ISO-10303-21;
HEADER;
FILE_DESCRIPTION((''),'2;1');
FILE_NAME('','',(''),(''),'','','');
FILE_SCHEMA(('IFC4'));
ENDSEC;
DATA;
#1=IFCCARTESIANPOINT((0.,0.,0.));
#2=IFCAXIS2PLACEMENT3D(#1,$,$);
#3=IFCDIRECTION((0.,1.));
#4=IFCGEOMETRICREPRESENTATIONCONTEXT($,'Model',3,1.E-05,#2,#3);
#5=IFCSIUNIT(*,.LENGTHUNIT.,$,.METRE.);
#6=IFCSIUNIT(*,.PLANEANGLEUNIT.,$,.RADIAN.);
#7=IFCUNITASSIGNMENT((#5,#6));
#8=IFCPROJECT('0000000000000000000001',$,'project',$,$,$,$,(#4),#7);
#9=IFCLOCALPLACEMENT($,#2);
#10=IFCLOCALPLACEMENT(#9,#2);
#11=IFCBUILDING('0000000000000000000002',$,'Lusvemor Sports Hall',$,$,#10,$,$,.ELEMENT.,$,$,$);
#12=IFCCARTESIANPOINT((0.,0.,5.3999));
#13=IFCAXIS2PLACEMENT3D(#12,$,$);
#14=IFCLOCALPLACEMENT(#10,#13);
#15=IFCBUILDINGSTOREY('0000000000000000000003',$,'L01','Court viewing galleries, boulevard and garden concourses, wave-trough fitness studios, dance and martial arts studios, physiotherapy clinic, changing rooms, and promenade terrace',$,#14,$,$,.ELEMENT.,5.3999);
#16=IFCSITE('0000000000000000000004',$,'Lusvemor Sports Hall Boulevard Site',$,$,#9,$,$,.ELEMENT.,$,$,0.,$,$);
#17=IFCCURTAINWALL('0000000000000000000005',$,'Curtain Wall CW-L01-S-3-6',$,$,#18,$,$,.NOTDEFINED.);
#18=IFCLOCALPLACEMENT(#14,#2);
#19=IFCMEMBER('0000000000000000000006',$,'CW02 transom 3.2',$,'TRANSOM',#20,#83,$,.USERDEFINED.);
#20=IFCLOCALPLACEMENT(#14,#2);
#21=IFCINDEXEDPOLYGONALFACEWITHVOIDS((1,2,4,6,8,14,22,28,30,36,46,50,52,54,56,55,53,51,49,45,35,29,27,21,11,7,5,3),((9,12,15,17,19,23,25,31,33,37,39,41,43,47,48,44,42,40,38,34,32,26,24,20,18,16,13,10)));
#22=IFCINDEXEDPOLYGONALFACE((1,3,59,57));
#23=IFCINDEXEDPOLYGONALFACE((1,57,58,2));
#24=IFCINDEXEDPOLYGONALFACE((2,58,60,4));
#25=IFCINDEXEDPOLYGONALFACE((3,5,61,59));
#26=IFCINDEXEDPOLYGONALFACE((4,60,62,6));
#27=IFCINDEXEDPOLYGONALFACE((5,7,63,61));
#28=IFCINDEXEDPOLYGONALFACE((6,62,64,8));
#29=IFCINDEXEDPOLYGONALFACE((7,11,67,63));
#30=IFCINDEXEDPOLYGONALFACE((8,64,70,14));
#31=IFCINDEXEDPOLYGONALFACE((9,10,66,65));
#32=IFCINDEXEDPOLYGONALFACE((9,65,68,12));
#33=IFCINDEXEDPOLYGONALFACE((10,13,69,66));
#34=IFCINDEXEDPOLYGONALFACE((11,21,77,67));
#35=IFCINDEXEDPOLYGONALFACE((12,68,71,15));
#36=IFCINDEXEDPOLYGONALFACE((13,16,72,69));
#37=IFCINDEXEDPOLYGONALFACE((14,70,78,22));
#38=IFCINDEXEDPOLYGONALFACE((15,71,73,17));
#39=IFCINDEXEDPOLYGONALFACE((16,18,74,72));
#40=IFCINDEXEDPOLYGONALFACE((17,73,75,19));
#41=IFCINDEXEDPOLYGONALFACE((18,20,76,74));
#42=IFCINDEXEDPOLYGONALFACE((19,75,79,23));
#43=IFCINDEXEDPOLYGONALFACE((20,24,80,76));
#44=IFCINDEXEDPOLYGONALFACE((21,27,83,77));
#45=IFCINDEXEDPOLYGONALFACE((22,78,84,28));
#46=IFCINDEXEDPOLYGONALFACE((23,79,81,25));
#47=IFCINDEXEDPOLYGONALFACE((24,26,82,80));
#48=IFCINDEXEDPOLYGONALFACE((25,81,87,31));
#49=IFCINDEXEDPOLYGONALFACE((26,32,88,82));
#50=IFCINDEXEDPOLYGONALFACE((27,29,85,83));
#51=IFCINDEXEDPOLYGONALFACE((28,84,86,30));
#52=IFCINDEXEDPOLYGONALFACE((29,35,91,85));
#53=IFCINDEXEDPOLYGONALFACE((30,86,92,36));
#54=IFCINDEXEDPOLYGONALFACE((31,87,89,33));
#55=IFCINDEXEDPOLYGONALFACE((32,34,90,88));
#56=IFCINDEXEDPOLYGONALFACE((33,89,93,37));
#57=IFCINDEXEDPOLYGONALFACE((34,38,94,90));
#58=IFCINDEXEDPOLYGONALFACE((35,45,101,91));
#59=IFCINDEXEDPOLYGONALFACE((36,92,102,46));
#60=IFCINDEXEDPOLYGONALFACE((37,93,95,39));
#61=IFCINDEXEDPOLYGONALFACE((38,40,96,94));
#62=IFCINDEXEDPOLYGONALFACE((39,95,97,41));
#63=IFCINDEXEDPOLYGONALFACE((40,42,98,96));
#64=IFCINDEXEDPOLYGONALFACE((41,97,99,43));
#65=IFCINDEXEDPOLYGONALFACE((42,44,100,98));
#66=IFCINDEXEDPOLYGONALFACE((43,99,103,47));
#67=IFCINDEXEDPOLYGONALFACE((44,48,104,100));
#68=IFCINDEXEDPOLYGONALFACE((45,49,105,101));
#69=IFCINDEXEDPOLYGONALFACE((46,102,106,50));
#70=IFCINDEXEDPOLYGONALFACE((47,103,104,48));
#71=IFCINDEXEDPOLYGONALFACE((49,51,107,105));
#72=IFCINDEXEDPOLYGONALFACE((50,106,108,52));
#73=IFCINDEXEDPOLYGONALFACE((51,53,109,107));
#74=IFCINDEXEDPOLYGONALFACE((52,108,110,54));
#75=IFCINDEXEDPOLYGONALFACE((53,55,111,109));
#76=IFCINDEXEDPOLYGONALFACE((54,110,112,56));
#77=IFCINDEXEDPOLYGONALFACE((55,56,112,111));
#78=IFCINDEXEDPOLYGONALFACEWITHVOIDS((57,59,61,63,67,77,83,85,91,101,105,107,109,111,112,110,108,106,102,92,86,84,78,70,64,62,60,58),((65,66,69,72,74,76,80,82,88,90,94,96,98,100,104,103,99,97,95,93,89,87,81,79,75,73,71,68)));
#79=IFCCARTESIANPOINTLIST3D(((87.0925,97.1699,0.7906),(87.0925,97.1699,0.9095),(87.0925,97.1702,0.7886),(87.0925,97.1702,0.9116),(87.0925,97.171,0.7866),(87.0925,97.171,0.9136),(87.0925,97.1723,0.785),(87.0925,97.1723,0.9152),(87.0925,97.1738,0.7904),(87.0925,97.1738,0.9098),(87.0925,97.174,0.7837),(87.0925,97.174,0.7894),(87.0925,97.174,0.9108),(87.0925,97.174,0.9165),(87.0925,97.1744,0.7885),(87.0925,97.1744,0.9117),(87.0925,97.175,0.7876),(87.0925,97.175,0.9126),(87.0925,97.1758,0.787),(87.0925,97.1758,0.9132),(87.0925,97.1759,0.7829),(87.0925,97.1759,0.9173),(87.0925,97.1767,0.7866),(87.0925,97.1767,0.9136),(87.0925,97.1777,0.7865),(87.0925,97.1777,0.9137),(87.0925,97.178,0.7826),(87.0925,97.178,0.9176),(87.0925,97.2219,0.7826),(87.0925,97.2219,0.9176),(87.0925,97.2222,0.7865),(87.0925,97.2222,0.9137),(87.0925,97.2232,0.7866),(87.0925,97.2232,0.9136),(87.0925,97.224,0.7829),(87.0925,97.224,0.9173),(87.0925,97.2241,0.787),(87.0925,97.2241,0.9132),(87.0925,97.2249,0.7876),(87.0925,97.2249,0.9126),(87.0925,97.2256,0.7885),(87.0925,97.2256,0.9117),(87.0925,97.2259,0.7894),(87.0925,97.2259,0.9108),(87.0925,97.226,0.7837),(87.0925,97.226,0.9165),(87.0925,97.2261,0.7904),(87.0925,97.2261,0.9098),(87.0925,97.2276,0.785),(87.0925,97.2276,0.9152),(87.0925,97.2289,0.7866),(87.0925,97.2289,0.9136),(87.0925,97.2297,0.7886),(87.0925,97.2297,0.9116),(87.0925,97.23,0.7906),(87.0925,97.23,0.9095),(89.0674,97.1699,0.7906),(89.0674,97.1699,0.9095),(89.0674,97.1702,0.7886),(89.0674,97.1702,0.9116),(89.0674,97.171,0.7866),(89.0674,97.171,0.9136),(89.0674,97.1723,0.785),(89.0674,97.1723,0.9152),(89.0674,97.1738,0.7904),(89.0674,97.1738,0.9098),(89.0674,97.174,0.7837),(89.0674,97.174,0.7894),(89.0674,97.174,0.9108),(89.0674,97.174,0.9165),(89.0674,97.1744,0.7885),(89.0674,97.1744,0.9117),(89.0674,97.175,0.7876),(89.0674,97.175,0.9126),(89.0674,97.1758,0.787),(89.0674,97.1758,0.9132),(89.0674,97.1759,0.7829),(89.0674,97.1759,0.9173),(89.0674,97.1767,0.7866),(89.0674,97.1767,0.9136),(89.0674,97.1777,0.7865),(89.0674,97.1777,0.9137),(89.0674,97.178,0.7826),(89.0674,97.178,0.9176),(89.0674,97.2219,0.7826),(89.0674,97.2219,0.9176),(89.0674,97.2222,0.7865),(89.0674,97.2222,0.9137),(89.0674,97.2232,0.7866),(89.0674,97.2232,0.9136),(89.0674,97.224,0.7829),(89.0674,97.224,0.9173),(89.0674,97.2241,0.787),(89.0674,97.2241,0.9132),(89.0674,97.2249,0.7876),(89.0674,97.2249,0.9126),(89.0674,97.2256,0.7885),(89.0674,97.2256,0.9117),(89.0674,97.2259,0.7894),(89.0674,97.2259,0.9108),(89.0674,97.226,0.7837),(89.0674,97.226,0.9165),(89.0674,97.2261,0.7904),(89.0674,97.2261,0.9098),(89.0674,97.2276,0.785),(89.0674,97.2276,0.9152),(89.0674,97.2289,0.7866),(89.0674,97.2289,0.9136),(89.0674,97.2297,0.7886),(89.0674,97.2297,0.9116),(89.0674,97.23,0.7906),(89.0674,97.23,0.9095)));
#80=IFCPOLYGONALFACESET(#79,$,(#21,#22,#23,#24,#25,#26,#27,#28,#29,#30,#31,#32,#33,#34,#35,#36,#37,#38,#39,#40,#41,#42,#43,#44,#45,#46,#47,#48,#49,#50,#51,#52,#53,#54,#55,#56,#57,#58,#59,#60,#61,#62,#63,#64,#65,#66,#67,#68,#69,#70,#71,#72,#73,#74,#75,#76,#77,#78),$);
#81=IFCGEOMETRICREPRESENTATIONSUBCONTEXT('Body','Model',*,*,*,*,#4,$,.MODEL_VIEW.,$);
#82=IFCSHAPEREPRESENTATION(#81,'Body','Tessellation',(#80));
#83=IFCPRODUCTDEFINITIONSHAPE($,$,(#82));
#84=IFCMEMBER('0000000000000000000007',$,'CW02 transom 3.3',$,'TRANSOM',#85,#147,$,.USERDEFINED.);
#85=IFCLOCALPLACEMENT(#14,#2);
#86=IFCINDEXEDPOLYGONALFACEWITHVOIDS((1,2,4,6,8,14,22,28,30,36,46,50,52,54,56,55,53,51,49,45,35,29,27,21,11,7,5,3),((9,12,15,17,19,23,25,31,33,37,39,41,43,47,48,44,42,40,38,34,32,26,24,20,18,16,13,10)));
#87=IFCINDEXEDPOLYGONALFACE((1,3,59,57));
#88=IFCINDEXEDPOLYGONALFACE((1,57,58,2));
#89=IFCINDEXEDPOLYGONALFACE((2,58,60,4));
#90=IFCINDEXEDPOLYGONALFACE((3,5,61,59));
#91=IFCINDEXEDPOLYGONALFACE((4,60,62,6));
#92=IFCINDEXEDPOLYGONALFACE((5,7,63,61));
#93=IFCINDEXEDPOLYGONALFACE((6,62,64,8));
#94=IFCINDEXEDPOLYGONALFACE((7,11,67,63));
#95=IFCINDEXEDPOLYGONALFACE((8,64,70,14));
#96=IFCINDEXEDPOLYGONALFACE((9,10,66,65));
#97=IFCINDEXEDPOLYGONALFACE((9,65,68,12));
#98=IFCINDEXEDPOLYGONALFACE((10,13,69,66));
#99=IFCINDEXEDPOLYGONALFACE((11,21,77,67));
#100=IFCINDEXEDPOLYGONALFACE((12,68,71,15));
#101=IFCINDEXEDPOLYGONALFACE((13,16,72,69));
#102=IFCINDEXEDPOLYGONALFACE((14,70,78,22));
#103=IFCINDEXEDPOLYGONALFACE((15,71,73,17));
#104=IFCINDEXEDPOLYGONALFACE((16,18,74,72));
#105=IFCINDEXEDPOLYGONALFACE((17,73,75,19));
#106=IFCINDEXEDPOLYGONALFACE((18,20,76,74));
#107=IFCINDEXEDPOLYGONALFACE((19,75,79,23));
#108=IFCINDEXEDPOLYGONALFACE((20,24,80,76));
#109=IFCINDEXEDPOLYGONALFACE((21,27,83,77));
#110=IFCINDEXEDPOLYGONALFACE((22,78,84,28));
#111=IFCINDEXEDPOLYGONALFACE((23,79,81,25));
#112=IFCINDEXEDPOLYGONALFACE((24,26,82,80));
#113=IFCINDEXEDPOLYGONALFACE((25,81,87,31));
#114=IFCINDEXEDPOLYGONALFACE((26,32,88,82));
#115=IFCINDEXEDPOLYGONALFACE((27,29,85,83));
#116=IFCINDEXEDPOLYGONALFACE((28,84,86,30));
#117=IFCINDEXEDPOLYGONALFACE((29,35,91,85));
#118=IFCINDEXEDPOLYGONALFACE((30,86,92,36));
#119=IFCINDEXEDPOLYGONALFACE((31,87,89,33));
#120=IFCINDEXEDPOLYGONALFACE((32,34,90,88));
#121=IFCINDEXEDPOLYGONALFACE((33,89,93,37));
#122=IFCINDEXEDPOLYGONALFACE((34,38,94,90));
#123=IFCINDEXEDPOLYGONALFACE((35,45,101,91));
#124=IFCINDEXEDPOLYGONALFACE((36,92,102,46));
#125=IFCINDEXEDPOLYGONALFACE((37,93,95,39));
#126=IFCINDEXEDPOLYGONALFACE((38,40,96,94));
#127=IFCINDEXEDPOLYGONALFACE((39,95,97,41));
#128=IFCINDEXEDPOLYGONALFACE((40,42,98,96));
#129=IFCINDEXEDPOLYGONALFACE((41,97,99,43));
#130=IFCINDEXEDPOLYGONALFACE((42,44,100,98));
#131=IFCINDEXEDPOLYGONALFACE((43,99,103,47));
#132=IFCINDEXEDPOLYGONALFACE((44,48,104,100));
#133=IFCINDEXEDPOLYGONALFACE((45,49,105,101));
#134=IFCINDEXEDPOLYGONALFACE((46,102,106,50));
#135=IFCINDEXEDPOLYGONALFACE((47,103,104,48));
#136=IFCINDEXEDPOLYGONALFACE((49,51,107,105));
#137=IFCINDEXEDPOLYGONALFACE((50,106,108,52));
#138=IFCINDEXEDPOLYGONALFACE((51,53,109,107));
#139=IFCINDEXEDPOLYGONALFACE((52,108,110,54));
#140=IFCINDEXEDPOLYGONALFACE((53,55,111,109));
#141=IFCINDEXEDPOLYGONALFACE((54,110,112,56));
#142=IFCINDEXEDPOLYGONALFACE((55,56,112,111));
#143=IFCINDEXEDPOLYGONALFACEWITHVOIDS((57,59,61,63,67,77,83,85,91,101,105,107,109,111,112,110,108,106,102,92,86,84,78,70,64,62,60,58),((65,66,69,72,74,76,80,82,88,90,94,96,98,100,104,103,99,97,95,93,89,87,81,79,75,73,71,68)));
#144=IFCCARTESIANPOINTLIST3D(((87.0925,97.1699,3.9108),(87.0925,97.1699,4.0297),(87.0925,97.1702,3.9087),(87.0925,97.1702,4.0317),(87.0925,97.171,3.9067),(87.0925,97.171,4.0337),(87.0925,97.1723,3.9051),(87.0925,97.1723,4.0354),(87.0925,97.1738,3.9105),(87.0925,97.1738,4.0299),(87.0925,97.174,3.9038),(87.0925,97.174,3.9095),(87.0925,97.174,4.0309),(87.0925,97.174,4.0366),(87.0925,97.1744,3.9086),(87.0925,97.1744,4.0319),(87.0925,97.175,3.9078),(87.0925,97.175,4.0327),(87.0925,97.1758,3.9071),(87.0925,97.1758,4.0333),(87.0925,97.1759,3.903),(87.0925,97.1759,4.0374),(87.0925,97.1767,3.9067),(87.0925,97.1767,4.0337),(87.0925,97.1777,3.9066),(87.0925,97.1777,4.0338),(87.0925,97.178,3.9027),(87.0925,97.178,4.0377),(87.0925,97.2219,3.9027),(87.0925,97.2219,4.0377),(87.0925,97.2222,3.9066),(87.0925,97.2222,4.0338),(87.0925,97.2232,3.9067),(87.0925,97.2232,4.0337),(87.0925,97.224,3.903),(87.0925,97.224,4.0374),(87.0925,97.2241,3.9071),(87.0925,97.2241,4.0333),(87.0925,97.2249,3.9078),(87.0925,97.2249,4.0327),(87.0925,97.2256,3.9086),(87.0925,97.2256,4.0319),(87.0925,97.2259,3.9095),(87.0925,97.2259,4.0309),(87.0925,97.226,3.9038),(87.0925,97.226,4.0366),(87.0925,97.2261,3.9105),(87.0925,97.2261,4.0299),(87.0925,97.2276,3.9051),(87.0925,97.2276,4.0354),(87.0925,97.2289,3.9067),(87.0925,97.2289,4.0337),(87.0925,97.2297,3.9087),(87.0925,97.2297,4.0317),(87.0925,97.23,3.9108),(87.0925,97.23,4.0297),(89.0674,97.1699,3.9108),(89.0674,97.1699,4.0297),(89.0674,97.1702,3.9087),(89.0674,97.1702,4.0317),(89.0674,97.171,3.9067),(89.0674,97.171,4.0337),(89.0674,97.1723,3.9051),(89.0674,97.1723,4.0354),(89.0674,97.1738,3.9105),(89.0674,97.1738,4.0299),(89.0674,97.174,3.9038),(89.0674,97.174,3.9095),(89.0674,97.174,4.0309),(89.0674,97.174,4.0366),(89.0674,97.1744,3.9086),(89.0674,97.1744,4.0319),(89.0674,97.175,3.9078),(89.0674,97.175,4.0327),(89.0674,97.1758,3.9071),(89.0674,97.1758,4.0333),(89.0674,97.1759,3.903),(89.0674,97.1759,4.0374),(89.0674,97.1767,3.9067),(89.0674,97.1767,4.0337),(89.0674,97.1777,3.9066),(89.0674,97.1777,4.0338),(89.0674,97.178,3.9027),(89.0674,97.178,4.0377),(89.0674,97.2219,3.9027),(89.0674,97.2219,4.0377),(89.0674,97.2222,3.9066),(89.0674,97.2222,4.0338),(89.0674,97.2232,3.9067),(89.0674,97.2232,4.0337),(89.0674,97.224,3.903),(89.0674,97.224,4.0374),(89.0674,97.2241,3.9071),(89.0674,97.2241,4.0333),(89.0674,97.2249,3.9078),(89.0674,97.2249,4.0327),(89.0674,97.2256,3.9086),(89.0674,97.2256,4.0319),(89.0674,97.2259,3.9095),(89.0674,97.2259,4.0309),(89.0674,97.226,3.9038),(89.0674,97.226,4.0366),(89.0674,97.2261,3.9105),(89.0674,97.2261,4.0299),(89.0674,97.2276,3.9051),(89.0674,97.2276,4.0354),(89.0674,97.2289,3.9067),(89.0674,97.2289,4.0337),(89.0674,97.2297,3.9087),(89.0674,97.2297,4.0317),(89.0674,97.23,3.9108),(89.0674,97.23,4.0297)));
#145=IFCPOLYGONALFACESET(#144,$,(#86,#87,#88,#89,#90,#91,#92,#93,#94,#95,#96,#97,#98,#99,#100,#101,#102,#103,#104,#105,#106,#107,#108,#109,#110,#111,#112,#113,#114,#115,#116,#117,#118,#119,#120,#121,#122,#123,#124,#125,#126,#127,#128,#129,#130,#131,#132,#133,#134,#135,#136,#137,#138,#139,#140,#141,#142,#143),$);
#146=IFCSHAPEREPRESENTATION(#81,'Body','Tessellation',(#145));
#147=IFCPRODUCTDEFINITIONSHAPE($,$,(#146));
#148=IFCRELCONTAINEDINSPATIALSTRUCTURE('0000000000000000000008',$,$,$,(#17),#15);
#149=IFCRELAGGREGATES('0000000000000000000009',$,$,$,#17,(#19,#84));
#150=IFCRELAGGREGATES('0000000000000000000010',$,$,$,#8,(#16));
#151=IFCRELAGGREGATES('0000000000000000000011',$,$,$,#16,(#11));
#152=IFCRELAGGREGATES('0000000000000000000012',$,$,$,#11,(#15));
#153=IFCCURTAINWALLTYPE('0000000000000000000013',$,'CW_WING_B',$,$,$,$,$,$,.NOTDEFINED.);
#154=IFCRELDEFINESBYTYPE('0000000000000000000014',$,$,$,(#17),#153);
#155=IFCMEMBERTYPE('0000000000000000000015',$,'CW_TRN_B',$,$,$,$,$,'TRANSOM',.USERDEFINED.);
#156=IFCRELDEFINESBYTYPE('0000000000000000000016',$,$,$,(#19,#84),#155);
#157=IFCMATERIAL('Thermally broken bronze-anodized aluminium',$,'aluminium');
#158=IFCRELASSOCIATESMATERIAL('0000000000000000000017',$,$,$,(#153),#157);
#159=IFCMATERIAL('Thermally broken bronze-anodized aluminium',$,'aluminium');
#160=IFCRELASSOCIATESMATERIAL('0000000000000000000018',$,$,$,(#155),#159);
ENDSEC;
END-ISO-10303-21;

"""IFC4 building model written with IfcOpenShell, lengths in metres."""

from ifc_helpers import new_model, si_unit, direction, frame, origin, origin_2d, place, context, subcontext, project, spatial, hollow_rectangle, extrude, material, material_profile, profile_set, type_object, element, aggregate, save


model = new_model("IFC4")

# Units and contexts
model_context = context("Model", 3, precision=1e-05, world=origin(), true_north=direction((0.0, 1.0)))
body_context = subcontext(model_context, "Body", "Model", "MODEL_VIEW")
ifc_project = project(units=[si_unit("LENGTHUNIT", "METRE"), si_unit("PLANEANGLEUNIT", "RADIAN")], contexts=[model_context])

# Site, building, storey
site_placement = place(None, origin())
site = spatial("IfcSite", under=ifc_project, at=site_placement, Name="Lusvemor Sports Hall Boulevard Site", CompositionType="ELEMENT", RefElevation=0.0)
building_placement = place(site_placement, origin())
building = spatial("IfcBuilding", under=site, at=building_placement, Name="Lusvemor Sports Hall", CompositionType="ELEMENT")
storey_placement = place(building_placement, frame((0.0, 0.0, 5.3999)))
storey = spatial("IfcBuildingStorey", under=building, at=storey_placement, Name="L01", Description="Court viewing galleries, boulevard and garden concourses, wave-trough fitness studios, dance and martial arts studios, physiotherapy clinic, changing rooms, and promenade terrace", CompositionType="ELEMENT", Elevation=5.3999)

# Curtain wall, members
ifc_material_1 = material(Name="Thermally broken bronze-anodized aluminium", Category="aluminium")
curtain_wall_type = type_object("IfcCurtainWallType", Name="CW_WING_B", PredefinedType="NOTDEFINED", material=ifc_material_1)
curtain_wall_placement = place(storey_placement, origin())
curtain_wall = element("IfcCurtainWall", 1, at=curtain_wall_placement, inside=storey, type_object=curtain_wall_type, Name="Curtain Wall CW-L01-S-3-6", PredefinedType="NOTDEFINED")
ifc_material_2 = material(Name="Thermally broken bronze-anodized aluminium", Category="aluminium")
ifc_material_profile_1 = material_profile(ifc_material_2, hollow_rectangle(XDim=0.0601, YDim=0.135, WallThickness=0.0039, InnerFilletRadius=0.0039, OuterFilletRadius=0.0081, at=origin_2d()), Name="CWTRN135x60x4")
ifc_profile_set_1 = profile_set([ifc_material_profile_1], Name="Thermally broken bronze-anodized aluminium")
member_type_1 = type_object("IfcMemberType", Name="CW_TRN_B", ElementType="TRANSOM", PredefinedType="USERDEFINED", material=ifc_profile_set_1)
member_1_placement = place(storey_placement, frame((89.0674, 97.2, 0.8501), z_axis=(-1.0, 0.0, 0.0), x_axis=(0.0, -1.0, 0.0)))
member_1 = element("IfcMember", 2, at=member_1_placement, type_object=member_type_1, Name="CW02 transom 3.2", ObjectType="TRANSOM", PredefinedType="USERDEFINED", context=body_context, shape_type="SweptSolid", body=[
    extrude(hollow_rectangle(XDim=0.0601, YDim=0.135, WallThickness=0.0039, InnerFilletRadius=0.0039, OuterFilletRadius=0.0081, at=origin_2d()), origin(), (0.0, 0.0, 1.0), 1.9749),
])
member_2_placement = place(storey_placement, frame((89.0674, 97.2, 3.9702), z_axis=(-1.0, 0.0, 0.0), x_axis=(0.0, -1.0, 0.0)))
member_2 = element("IfcMember", 3, at=member_2_placement, type_object=member_type_1, Name="CW02 transom 3.3", ObjectType="TRANSOM", PredefinedType="USERDEFINED", context=body_context, shape_type="SweptSolid", body=[
    extrude(hollow_rectangle(XDim=0.0601, YDim=0.135, WallThickness=0.0039, InnerFilletRadius=0.0039, OuterFilletRadius=0.0081, at=origin_2d()), origin(), (0.0, 0.0, 1.0), 1.9749),
])

aggregate(curtain_wall, [member_1, member_2])

save(model, "model.ifc")
